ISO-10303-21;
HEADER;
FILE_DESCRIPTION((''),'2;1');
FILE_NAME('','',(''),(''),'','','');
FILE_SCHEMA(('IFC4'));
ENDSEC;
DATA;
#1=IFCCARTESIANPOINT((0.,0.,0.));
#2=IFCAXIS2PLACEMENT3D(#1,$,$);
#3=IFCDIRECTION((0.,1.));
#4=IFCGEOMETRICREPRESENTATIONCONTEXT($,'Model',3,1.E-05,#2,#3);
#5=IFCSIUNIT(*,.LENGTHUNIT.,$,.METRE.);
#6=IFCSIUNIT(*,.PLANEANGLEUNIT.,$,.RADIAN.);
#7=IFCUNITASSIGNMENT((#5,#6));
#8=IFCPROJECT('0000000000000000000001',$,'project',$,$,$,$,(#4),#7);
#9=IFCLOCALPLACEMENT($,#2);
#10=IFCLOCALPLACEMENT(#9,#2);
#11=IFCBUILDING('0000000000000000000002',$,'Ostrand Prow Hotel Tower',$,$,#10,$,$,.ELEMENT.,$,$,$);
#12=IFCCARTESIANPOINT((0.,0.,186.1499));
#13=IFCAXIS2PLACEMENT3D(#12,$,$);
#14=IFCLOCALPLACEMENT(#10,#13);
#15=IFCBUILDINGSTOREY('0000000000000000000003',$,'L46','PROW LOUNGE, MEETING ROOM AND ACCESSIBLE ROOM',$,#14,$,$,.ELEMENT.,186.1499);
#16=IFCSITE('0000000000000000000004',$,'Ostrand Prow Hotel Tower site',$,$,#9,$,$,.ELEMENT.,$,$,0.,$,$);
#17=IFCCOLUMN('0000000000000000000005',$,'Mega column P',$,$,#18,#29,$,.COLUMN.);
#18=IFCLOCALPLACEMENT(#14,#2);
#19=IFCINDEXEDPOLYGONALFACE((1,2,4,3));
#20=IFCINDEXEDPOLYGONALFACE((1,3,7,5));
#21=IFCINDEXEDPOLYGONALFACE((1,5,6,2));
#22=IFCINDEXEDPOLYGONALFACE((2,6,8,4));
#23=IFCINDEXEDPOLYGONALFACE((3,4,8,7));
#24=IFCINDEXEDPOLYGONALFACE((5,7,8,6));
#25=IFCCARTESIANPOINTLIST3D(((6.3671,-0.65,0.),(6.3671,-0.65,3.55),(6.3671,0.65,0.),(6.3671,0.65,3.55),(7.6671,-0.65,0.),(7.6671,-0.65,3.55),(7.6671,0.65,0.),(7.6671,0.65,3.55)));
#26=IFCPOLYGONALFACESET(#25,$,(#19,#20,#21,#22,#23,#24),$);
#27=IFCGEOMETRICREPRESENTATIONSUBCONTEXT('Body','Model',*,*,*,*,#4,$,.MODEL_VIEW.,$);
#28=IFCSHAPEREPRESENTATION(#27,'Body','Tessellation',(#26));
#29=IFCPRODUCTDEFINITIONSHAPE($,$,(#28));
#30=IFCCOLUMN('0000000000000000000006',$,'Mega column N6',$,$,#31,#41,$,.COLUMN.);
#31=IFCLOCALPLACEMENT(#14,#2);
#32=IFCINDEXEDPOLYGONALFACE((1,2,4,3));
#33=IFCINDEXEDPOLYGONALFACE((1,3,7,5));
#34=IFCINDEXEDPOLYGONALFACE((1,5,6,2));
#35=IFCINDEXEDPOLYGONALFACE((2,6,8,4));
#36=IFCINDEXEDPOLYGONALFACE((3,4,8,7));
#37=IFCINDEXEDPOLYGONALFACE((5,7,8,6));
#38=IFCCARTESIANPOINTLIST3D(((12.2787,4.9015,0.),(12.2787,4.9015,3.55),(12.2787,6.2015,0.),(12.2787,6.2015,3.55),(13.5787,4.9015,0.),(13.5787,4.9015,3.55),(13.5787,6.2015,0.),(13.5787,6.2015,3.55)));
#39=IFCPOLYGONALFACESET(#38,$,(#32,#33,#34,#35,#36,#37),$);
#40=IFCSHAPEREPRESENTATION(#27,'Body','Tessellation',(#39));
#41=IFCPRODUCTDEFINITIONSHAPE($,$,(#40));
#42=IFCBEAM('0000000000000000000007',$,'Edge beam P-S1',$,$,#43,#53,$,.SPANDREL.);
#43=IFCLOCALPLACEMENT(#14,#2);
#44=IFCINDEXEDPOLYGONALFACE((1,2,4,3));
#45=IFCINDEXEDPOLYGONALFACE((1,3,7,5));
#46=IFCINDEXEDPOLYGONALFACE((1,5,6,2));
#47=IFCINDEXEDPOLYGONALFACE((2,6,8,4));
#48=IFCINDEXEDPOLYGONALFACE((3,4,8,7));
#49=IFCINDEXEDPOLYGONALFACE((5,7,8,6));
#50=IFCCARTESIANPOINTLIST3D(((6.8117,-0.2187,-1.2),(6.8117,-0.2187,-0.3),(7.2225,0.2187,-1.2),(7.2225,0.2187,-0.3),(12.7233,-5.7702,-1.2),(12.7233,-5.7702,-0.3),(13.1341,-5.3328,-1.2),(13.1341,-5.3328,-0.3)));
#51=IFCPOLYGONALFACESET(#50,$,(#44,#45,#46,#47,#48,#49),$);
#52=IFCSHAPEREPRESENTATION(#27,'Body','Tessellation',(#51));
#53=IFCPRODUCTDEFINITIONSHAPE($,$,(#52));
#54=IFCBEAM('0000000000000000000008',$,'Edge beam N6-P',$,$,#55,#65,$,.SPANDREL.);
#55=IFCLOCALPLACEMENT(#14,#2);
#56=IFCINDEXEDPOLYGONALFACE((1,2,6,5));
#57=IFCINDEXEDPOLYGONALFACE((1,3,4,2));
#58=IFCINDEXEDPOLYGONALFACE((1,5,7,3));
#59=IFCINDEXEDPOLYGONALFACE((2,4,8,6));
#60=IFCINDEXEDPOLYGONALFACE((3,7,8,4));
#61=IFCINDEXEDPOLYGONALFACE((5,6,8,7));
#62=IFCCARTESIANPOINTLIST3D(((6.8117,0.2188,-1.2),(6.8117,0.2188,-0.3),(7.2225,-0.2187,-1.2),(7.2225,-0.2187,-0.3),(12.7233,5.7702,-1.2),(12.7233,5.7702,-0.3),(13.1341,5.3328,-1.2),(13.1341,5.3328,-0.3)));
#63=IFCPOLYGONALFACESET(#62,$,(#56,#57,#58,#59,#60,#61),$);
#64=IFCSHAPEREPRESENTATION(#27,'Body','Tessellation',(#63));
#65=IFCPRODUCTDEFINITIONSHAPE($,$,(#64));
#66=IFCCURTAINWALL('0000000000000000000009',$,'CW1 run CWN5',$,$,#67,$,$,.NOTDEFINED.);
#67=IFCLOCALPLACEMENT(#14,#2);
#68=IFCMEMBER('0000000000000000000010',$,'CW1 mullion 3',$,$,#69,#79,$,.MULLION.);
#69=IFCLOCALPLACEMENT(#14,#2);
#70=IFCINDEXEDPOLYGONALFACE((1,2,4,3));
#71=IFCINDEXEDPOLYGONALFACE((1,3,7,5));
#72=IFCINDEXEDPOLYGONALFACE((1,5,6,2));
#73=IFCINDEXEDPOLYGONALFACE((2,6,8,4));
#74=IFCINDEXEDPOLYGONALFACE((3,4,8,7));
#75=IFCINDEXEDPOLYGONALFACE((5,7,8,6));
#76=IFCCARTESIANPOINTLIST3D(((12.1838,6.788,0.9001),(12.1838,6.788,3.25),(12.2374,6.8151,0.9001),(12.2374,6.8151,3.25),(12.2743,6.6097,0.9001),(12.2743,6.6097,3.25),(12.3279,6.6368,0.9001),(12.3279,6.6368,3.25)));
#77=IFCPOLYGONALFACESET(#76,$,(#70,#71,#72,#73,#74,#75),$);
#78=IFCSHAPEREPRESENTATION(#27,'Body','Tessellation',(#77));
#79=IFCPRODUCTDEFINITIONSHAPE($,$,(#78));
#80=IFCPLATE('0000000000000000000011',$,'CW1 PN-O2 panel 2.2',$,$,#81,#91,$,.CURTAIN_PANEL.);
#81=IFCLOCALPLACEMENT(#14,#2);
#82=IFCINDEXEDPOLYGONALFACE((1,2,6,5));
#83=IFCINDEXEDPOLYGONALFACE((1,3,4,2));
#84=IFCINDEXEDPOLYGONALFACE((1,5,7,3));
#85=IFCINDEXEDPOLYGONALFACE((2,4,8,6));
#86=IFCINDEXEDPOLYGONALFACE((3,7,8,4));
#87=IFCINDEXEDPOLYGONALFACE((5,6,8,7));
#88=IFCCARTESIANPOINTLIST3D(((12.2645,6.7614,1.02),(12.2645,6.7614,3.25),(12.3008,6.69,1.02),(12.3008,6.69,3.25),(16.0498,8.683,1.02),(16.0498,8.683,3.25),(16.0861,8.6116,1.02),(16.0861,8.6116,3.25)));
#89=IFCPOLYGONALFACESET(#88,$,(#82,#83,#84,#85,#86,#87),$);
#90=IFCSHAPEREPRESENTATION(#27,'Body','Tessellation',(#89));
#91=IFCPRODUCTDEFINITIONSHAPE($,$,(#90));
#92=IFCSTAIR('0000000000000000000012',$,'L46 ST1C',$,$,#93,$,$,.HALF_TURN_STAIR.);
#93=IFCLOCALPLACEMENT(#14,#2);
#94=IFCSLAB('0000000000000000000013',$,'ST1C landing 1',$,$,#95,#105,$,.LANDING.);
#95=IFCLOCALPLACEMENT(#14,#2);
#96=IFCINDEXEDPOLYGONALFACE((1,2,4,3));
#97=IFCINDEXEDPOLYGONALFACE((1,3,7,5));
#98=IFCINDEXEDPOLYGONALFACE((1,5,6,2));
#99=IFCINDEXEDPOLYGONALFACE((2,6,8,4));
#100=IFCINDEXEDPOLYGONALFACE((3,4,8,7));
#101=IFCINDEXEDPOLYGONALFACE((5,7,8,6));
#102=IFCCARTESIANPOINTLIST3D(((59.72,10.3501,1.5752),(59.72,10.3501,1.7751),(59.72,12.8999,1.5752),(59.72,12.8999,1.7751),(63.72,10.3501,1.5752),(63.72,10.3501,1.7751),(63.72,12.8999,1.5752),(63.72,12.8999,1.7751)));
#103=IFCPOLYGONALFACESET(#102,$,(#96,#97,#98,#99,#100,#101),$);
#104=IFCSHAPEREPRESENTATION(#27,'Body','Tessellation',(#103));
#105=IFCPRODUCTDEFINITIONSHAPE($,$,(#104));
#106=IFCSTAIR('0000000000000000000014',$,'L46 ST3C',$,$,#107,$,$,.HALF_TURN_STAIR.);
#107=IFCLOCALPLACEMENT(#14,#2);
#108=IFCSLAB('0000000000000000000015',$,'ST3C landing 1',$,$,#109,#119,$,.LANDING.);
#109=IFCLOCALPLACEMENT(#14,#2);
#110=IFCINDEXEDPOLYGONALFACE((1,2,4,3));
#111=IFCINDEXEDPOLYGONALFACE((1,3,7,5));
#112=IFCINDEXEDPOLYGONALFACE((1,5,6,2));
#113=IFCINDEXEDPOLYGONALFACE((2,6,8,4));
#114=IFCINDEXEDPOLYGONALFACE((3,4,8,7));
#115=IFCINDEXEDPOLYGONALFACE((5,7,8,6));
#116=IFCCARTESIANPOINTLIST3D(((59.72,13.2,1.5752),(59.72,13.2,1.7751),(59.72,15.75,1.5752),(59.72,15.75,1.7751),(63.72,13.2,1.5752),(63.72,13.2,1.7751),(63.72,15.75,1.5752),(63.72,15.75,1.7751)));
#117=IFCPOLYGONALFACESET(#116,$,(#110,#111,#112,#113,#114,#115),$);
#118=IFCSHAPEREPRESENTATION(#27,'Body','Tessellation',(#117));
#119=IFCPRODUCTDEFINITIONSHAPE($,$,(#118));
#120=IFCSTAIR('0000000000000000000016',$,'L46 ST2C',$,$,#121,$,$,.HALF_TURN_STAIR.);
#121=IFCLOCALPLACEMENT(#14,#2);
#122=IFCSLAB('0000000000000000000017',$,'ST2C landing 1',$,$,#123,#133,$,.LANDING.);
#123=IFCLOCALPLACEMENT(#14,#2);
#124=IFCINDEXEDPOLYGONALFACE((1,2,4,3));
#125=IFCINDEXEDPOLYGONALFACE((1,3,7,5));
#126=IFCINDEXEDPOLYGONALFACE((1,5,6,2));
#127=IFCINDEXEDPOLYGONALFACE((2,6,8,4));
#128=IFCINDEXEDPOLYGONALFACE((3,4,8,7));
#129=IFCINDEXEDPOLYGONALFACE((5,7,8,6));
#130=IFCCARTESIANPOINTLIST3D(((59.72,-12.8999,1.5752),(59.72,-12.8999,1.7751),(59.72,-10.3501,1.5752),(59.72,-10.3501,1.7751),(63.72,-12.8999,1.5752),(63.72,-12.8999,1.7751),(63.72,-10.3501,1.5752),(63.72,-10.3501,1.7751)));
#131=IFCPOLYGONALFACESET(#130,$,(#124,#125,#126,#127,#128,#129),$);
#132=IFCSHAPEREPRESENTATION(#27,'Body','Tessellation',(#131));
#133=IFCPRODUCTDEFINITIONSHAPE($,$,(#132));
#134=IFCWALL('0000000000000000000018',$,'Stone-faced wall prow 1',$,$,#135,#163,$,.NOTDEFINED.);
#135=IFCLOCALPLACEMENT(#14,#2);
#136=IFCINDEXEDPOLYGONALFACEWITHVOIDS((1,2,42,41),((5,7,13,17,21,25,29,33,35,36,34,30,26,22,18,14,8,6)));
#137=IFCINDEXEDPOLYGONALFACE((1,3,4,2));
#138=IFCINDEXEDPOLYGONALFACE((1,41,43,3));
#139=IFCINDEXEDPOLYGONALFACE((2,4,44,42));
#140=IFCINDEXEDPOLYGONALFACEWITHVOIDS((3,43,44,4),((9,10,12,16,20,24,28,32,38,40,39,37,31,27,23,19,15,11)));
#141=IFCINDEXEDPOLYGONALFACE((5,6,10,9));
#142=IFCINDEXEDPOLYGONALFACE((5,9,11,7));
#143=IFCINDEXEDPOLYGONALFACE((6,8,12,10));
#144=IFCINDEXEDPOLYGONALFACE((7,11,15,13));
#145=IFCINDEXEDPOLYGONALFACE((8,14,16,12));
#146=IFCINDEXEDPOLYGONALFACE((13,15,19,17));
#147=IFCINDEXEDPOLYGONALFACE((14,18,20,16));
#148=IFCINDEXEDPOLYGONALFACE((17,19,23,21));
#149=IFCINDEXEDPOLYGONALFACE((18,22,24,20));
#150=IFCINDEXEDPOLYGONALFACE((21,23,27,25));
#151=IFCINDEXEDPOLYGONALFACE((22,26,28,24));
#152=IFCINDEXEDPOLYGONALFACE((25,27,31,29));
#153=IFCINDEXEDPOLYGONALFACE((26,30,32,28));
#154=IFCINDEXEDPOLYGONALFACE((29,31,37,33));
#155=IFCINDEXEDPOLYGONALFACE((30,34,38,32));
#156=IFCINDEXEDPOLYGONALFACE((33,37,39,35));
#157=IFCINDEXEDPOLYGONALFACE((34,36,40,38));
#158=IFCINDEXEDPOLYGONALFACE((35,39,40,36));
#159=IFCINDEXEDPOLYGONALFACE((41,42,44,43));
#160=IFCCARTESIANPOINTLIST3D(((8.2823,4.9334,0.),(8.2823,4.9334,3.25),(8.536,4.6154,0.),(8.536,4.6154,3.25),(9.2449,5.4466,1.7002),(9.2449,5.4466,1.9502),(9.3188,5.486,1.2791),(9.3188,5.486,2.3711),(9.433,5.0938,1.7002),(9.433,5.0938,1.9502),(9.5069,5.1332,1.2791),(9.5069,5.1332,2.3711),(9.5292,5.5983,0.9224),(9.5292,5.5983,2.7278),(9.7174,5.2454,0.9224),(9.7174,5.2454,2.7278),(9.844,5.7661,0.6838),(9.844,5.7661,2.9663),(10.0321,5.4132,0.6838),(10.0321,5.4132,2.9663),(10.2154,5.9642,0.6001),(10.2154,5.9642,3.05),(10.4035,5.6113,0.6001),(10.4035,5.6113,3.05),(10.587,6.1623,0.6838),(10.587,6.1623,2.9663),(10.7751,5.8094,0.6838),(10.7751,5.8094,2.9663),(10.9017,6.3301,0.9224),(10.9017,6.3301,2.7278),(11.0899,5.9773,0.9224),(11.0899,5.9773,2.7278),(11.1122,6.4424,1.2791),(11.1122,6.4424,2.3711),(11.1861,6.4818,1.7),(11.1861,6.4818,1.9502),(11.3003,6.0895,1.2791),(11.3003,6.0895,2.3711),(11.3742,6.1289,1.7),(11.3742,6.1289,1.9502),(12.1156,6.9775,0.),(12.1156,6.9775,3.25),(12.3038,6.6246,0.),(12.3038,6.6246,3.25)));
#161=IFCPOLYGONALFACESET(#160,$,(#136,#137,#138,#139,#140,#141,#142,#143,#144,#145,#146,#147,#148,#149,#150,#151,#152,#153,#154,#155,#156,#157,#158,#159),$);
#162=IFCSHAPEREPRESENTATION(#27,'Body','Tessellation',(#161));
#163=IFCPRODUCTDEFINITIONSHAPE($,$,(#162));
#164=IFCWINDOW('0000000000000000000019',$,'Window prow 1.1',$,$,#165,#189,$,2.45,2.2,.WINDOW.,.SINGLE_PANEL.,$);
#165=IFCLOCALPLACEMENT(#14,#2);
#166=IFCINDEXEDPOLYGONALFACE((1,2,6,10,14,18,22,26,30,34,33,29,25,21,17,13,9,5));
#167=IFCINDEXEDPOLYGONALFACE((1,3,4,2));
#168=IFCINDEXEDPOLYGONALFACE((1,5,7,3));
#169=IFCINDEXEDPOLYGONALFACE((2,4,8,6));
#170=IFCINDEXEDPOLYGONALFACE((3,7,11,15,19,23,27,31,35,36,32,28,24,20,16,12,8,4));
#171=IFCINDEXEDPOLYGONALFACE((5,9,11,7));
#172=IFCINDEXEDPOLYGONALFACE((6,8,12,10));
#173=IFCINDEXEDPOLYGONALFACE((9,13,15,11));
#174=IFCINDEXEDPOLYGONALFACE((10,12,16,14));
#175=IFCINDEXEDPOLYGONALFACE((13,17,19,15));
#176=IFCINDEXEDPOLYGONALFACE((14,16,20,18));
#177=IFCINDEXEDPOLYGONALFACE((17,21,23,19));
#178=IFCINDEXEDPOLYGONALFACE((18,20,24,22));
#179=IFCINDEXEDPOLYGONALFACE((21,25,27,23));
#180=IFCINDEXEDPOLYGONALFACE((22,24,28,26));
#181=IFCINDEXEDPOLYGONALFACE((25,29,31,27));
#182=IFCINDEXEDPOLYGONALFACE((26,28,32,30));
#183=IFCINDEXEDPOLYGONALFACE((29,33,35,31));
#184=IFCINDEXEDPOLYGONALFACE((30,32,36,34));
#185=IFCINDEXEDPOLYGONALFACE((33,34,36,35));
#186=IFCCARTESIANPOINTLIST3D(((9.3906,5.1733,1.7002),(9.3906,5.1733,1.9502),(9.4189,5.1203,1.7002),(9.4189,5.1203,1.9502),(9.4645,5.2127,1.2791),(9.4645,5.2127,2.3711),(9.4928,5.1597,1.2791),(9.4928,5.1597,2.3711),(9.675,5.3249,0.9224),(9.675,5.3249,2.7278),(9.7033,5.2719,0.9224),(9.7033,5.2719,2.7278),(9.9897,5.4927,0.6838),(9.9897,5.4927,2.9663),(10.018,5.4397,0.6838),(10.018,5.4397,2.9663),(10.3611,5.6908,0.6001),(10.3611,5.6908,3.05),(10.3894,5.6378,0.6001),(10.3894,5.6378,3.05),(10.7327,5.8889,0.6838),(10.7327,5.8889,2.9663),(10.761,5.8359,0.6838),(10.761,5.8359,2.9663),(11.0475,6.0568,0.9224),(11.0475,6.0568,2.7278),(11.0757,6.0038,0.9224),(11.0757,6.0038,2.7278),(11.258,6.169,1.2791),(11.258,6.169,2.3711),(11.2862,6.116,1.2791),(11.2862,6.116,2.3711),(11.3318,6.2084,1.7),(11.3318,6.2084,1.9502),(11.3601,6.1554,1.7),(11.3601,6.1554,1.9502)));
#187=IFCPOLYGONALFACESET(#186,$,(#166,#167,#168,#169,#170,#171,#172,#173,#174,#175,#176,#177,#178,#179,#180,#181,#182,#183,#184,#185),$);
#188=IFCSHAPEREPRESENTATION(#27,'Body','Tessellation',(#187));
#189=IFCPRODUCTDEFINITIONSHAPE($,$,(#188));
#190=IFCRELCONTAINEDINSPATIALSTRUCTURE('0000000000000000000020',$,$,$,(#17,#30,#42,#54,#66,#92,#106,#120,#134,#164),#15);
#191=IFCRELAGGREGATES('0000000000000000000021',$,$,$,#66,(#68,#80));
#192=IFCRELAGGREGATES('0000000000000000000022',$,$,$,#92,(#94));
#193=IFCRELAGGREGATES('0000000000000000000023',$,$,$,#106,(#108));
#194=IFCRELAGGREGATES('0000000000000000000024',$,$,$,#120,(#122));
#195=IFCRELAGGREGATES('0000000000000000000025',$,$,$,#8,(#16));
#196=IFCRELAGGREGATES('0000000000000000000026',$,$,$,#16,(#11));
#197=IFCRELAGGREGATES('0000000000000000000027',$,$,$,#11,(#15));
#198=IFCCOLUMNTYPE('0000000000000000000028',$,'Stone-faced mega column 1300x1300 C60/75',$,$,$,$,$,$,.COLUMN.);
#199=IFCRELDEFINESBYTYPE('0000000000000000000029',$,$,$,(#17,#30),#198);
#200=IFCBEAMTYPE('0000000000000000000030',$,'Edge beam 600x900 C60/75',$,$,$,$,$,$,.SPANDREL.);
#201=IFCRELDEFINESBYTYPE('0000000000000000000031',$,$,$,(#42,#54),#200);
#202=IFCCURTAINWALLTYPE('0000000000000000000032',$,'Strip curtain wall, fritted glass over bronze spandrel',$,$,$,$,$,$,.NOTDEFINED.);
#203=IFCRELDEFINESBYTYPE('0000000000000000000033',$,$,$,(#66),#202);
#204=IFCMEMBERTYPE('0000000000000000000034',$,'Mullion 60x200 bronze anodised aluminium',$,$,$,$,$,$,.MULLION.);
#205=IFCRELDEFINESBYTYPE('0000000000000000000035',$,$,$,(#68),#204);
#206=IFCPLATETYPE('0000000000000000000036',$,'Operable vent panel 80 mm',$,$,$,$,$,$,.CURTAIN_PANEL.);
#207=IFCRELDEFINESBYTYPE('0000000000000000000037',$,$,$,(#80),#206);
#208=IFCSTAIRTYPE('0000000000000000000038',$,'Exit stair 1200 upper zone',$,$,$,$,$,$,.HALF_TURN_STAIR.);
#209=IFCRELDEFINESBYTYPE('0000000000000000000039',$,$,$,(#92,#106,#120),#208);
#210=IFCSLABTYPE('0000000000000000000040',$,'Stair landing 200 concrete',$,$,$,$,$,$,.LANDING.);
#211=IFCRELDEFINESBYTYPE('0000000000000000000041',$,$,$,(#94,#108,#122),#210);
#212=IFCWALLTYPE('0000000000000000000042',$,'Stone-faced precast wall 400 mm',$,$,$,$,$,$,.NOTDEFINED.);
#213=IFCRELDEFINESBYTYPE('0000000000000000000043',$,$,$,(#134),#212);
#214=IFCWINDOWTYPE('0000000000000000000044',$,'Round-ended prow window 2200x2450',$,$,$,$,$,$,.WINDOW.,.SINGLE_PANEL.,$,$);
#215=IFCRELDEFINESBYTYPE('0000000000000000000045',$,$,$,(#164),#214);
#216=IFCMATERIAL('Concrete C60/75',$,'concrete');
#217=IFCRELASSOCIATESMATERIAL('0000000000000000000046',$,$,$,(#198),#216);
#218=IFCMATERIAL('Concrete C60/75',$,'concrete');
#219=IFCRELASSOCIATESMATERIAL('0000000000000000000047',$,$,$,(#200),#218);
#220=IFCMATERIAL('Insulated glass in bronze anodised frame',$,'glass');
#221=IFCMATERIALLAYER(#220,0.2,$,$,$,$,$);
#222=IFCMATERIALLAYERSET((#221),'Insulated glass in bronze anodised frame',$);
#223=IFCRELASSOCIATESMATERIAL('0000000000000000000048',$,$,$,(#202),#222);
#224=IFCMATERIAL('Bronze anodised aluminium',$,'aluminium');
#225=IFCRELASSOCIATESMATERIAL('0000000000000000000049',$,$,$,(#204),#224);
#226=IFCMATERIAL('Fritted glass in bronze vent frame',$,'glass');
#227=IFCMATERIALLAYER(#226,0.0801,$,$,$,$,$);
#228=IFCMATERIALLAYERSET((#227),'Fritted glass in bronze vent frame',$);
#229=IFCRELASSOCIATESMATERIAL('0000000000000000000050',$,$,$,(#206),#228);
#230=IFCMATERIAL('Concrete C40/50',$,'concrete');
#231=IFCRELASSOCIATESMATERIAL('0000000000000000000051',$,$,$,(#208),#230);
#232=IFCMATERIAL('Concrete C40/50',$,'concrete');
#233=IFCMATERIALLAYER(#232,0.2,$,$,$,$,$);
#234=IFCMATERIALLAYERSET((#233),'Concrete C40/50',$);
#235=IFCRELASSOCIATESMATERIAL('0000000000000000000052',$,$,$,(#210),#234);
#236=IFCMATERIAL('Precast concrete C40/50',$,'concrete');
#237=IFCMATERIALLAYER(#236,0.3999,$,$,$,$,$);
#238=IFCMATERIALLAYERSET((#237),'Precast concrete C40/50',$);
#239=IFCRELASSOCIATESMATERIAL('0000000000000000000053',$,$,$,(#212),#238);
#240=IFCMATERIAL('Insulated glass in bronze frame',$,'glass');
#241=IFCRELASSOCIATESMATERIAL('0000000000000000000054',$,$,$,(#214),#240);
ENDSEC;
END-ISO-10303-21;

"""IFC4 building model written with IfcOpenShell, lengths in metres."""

from ifc_helpers import new_model, si_unit, direction, frame, origin, origin_2d, place, context, subcontext, project, spatial, polyline, rectangle, outline, extrude, material, layer, layer_set, material_profile, profile_set, type_object, element, fill, aggregate, save


model = new_model("IFC4")

# Units and contexts
model_context = context("Model", 3, precision=1e-05, world=origin(), true_north=direction((0.0, 1.0)))
body_context = subcontext(model_context, "Body", "Model", "MODEL_VIEW")
ifc_project = project(units=[si_unit("LENGTHUNIT", "METRE"), si_unit("PLANEANGLEUNIT", "RADIAN")], contexts=[model_context])

# Site, building, storey
site_placement = place(None, origin())
site = spatial("IfcSite", under=ifc_project, at=site_placement, Name="Ostrand Prow Hotel Tower site", CompositionType="ELEMENT", RefElevation=0.0)
building_placement = place(site_placement, origin())
building = spatial("IfcBuilding", under=site, at=building_placement, Name="Ostrand Prow Hotel Tower", CompositionType="ELEMENT")
storey_placement = place(building_placement, frame((0.0, 0.0, 186.1499)))
storey = spatial("IfcBuildingStorey", under=building, at=storey_placement, Name="L46", Description="PROW LOUNGE, MEETING ROOM AND ACCESSIBLE ROOM", CompositionType="ELEMENT", Elevation=186.1499)

# Columns
ifc_material_1 = material(Name="Concrete C60/75", Category="concrete")
ifc_material_profile_1 = material_profile(ifc_material_1, rectangle(XDim=1.3, YDim=1.3, at=origin_2d()), Name="RC 1300x1300")
ifc_profile_set_1 = profile_set([ifc_material_profile_1], Name="Concrete C60/75")
column_type = type_object("IfcColumnType", Name="Stone-faced mega column 1300x1300 C60/75", PredefinedType="COLUMN", material=ifc_profile_set_1)
for number, where, z_axis, x_axis, name in (
    (1, (7.0171, 0.0, 0.0), (0.0, 0.0, 1.0), (1.0, 0.0, 0.0), "Mega column P"),
    (2, (12.9287, 5.5515, 0.0), (0.0, 0.0, 1.0), (1.0, 0.0, 0.0), "Mega column N6"),
):
    element("IfcColumn", number, at=place(storey_placement, frame(where, z_axis=z_axis, x_axis=x_axis)), inside=storey, type_object=column_type, Name=name, PredefinedType="COLUMN", context=body_context, shape_type="SweptSolid", body=[
        extrude(rectangle(XDim=1.3, YDim=1.3, at=origin_2d()), origin(), (0.0, 0.0, 1.0), 3.55),
    ])

# Beams
ifc_material_2 = material(Name="Concrete C60/75", Category="concrete")
ifc_material_profile_2 = material_profile(ifc_material_2, rectangle(XDim=0.6001, YDim=0.8999, at=origin_2d()), Name="RC 600x900")
ifc_profile_set_2 = profile_set([ifc_material_profile_2], Name="Concrete C60/75")
beam_type = type_object("IfcBeamType", Name="Edge beam 600x900 C60/75", PredefinedType="SPANDREL", material=ifc_profile_set_2)
for number, where, z_axis, x_axis, name in (
    (3, (7.0171, 0.0, -0.75), (0.728961, -0.684556, 0.0), (0.684556, 0.728961, 0.0), "Edge beam P-S1"),
    (4, (12.9287, 5.5515, -0.75), (-0.728961, -0.684556, 0.0), (0.684556, -0.728961, 0.0), "Edge beam N6-P"),
):
    element("IfcBeam", number, at=place(storey_placement, frame(where, z_axis=z_axis, x_axis=x_axis)), inside=storey, type_object=beam_type, Name=name, PredefinedType="SPANDREL", context=body_context, shape_type="SweptSolid", body=[
        extrude(rectangle(XDim=0.6001, YDim=0.8999, at=origin_2d()), origin(), (0.0, 0.0, 1.0), 8.1096),
    ])

# Curtain wall, member, plate
ifc_material_3 = material(Name="Insulated glass in bronze anodised frame", Category="glass")
ifc_layer_1 = layer(ifc_material_3, 0.2)
ifc_layer_set_1 = layer_set([ifc_layer_1], Name="Insulated glass in bronze anodised frame")
curtain_wall_type = type_object("IfcCurtainWallType", Name="Strip curtain wall, fritted glass over bronze spandrel", PredefinedType="NOTDEFINED", material=ifc_layer_set_1)
curtain_wall_placement = place(storey_placement, origin())
curtain_wall = element("IfcCurtainWall", 5, at=curtain_wall_placement, inside=storey, type_object=curtain_wall_type, Name="CW1 run CWN5", PredefinedType="NOTDEFINED")
ifc_material_4 = material(Name="Bronze anodised aluminium", Category="aluminium")
ifc_material_profile_3 = material_profile(ifc_material_4, rectangle(XDim=0.2, YDim=0.0601, at=origin_2d()), Name="Mullion 60x200 bronze anodised aluminium")
ifc_profile_set_3 = profile_set([ifc_material_profile_3], Name="Bronze anodised aluminium")
member_type = type_object("IfcMemberType", Name="Mullion 60x200 bronze anodised aluminium", PredefinedType="MULLION", material=ifc_profile_set_3)
member_placement = place(storey_placement, frame((12.2559, 6.7124, 0.9001), z_axis=(0.0, 0.0, 1.0), x_axis=(0.452659, -0.891684, 0.0)))
member = element("IfcMember", 6, at=member_placement, type_object=member_type, Name="CW1 mullion 3", PredefinedType="MULLION", context=body_context, shape_type="SweptSolid", body=[
    extrude(rectangle(XDim=0.2, YDim=0.0601, at=origin_2d()), origin(), (0.0, 0.0, 1.0), 2.3499),
])
ifc_material_5 = material(Name="Fritted glass in bronze vent frame", Category="glass")
ifc_layer_2 = layer(ifc_material_5, 0.0801)
ifc_layer_set_2 = layer_set([ifc_layer_2], Name="Fritted glass in bronze vent frame")
plate_type = type_object("IfcPlateType", Name="Operable vent panel 80 mm", PredefinedType="CURTAIN_PANEL", material=ifc_layer_set_2)
plate_placement = place(storey_placement, frame((14.1753, 7.6865, 1.02), z_axis=(0.0, 0.0, 1.0), x_axis=(-0.891684, -0.452659, 0.0)))
plate = element("IfcPlate", 7, at=plate_placement, type_object=plate_type, Name="CW1 PN-O2 panel 2.2", PredefinedType="CURTAIN_PANEL", context=body_context, shape_type="SweptSolid", body=[
    extrude(rectangle(XDim=4.2451, YDim=0.0801, at=origin_2d()), origin(), (0.0, 0.0, 1.0), 2.23),
])
aggregate(curtain_wall, [member, plate])

# Stairs, slabs
ifc_material_6 = material(Name="Concrete C40/50", Category="concrete")
stair_type = type_object("IfcStairType", Name="Exit stair 1200 upper zone", PredefinedType="HALF_TURN_STAIR", material=ifc_material_6)
stair_1_placement = place(storey_placement, origin())
stair_1 = element("IfcStair", 8, at=stair_1_placement, inside=storey, type_object=stair_type, Name="L46 ST1C", PredefinedType="HALF_TURN_STAIR")
ifc_material_7 = material(Name="Concrete C40/50", Category="concrete")
ifc_layer_3 = layer(ifc_material_7, 0.2)
ifc_layer_set_3 = layer_set([ifc_layer_3], Name="Concrete C40/50")
slab_type = type_object("IfcSlabType", Name="Stair landing 200 concrete", PredefinedType="LANDING", material=ifc_layer_set_3)
slab_1_placement = place(storey_placement, frame((0.0, 0.0, 1.5752)))
slab_1 = element("IfcSlab", 9, at=slab_1_placement, type_object=slab_type, Name="ST1C landing 1", PredefinedType="LANDING", context=body_context, shape_type="SweptSolid", body=[
    extrude(outline(polyline([(59.72, 10.3501), (63.72, 10.3501), (63.72, 12.8999), (59.72, 12.8999), (59.72, 10.3501)])), origin(), (0.0, 0.0, 1.0), 0.2),
])
aggregate(stair_1, [slab_1])
stair_2_placement = place(storey_placement, origin())
stair_2 = element("IfcStair", 10, at=stair_2_placement, inside=storey, type_object=stair_type, Name="L46 ST3C", PredefinedType="HALF_TURN_STAIR")
slab_2_placement = place(storey_placement, frame((0.0, 0.0, 1.5752)))
slab_2 = element("IfcSlab", 11, at=slab_2_placement, type_object=slab_type, Name="ST3C landing 1", PredefinedType="LANDING", context=body_context, shape_type="SweptSolid", body=[
    extrude(outline(polyline([(59.72, 13.2), (63.72, 13.2), (63.72, 15.75), (59.72, 15.75), (59.72, 13.2)])), origin(), (0.0, 0.0, 1.0), 0.2),
])
aggregate(stair_2, [slab_2])
stair_3_placement = place(storey_placement, origin())
stair_3 = element("IfcStair", 12, at=stair_3_placement, inside=storey, type_object=stair_type, Name="L46 ST2C", PredefinedType="HALF_TURN_STAIR")
slab_3_placement = place(storey_placement, frame((0.0, 0.0, 1.5752)))
slab_3 = element("IfcSlab", 13, at=slab_3_placement, type_object=slab_type, Name="ST2C landing 1", PredefinedType="LANDING", context=body_context, shape_type="SweptSolid", body=[
    extrude(outline(polyline([(59.72, -12.8999), (63.72, -12.8999), (63.72, -10.3501), (59.72, -10.3501), (59.72, -12.8999)])), origin(), (0.0, 0.0, 1.0), 0.2),
])
aggregate(stair_3, [slab_3])

# Wall, opening, window
ifc_material_8 = material(Name="Precast concrete C40/50", Category="concrete")
ifc_layer_4 = layer(ifc_material_8, 0.3999)
ifc_layer_set_4 = layer_set([ifc_layer_4], Name="Precast concrete C40/50")
wall_type = type_object("IfcWallType", Name="Stone-faced precast wall 400 mm", PredefinedType="NOTDEFINED", material=ifc_layer_set_4)
wall_1_placement = place(storey_placement, frame((12.2097, 6.801, 0.0), z_axis=(0.0, 0.0, 1.0), x_axis=(-0.882386, -0.470526, 0.0)))
wall_1 = element("IfcWall", 14, at=wall_1_placement, inside=storey, type_object=wall_type, Name="Stone-faced wall prow 1", PredefinedType="NOTDEFINED", context=body_context, shape_type="SweptSolid", body=[
    extrude(outline(polyline([(0.0, -0.2), (4.3442, -0.2), (4.27, 0.2), (0.0, 0.2), (0.0, -0.2)])), origin(), (0.0, 0.0, 1.0), 3.25),
])
opening_1_placement = place(wall_1_placement, frame((1.0535, 0.0, 0.6001)))
opening_1 = element("IfcOpeningElement", 15, at=opening_1_placement, cuts=wall_1, PredefinedType="OPENING", context=body_context, shape_type="SweptSolid", body=[
    extrude(outline(polyline([(0.0, 1.3501), (0.0837, 1.771), (0.3223, 2.1277), (0.679, 2.3662), (1.1001, 2.45), (1.521, 2.3662), (1.8777, 2.1277), (2.1162, 1.771), (2.2, 1.3501), (2.2, 1.1001), (2.1162, 0.679), (1.8777, 0.3223), (1.521, 0.0837), (1.1001, 0.0), (0.679, 0.0837), (0.3223, 0.3223), (0.0837, 0.679), (0.0, 1.0999), (0.0, 1.3501)])), frame((0.0, 0.21, 0.0), z_axis=(0.0, -1.0, 0.0), x_axis=(1.0, 0.0, 0.0)), (0.0, 0.0, 1.0), 0.4199),
])
ifc_material_9 = material(Name="Insulated glass in bronze frame", Category="glass")
window_type = type_object("IfcWindowType", Name="Round-ended prow window 2200x2450", PartitioningType="SINGLE_PANEL", PredefinedType="WINDOW", material=ifc_material_9)
window_1_placement = place(opening_1_placement, origin())
window_1 = element("IfcWindow", 16, at=window_1_placement, inside=storey, type_object=window_type, Name="Window prow 1.1", OverallHeight=2.45, OverallWidth=2.2, PartitioningType="SINGLE_PANEL", PredefinedType="WINDOW", context=body_context, shape_type="SweptSolid", body=[
    extrude(outline(polyline([(0.0, 1.3501), (0.0837, 1.771), (0.3223, 2.1277), (0.679, 2.3662), (1.1001, 2.45), (1.521, 2.3662), (1.8777, 2.1277), (2.1162, 1.771), (2.2, 1.3501), (2.2, 1.1001), (2.1162, 0.679), (1.8777, 0.3223), (1.521, 0.0837), (1.1001, 0.0), (0.679, 0.0837), (0.3223, 0.3223), (0.0837, 0.679), (0.0, 1.0999), (0.0, 1.3501)])), frame((0.0, 0.1699, 0.0), z_axis=(0.0, -1.0, 0.0), x_axis=(1.0, 0.0, 0.0)), (0.0, 0.0, 1.0), 0.0601),
])
fill(opening_1, window_1)

save(model, "model.ifc")
